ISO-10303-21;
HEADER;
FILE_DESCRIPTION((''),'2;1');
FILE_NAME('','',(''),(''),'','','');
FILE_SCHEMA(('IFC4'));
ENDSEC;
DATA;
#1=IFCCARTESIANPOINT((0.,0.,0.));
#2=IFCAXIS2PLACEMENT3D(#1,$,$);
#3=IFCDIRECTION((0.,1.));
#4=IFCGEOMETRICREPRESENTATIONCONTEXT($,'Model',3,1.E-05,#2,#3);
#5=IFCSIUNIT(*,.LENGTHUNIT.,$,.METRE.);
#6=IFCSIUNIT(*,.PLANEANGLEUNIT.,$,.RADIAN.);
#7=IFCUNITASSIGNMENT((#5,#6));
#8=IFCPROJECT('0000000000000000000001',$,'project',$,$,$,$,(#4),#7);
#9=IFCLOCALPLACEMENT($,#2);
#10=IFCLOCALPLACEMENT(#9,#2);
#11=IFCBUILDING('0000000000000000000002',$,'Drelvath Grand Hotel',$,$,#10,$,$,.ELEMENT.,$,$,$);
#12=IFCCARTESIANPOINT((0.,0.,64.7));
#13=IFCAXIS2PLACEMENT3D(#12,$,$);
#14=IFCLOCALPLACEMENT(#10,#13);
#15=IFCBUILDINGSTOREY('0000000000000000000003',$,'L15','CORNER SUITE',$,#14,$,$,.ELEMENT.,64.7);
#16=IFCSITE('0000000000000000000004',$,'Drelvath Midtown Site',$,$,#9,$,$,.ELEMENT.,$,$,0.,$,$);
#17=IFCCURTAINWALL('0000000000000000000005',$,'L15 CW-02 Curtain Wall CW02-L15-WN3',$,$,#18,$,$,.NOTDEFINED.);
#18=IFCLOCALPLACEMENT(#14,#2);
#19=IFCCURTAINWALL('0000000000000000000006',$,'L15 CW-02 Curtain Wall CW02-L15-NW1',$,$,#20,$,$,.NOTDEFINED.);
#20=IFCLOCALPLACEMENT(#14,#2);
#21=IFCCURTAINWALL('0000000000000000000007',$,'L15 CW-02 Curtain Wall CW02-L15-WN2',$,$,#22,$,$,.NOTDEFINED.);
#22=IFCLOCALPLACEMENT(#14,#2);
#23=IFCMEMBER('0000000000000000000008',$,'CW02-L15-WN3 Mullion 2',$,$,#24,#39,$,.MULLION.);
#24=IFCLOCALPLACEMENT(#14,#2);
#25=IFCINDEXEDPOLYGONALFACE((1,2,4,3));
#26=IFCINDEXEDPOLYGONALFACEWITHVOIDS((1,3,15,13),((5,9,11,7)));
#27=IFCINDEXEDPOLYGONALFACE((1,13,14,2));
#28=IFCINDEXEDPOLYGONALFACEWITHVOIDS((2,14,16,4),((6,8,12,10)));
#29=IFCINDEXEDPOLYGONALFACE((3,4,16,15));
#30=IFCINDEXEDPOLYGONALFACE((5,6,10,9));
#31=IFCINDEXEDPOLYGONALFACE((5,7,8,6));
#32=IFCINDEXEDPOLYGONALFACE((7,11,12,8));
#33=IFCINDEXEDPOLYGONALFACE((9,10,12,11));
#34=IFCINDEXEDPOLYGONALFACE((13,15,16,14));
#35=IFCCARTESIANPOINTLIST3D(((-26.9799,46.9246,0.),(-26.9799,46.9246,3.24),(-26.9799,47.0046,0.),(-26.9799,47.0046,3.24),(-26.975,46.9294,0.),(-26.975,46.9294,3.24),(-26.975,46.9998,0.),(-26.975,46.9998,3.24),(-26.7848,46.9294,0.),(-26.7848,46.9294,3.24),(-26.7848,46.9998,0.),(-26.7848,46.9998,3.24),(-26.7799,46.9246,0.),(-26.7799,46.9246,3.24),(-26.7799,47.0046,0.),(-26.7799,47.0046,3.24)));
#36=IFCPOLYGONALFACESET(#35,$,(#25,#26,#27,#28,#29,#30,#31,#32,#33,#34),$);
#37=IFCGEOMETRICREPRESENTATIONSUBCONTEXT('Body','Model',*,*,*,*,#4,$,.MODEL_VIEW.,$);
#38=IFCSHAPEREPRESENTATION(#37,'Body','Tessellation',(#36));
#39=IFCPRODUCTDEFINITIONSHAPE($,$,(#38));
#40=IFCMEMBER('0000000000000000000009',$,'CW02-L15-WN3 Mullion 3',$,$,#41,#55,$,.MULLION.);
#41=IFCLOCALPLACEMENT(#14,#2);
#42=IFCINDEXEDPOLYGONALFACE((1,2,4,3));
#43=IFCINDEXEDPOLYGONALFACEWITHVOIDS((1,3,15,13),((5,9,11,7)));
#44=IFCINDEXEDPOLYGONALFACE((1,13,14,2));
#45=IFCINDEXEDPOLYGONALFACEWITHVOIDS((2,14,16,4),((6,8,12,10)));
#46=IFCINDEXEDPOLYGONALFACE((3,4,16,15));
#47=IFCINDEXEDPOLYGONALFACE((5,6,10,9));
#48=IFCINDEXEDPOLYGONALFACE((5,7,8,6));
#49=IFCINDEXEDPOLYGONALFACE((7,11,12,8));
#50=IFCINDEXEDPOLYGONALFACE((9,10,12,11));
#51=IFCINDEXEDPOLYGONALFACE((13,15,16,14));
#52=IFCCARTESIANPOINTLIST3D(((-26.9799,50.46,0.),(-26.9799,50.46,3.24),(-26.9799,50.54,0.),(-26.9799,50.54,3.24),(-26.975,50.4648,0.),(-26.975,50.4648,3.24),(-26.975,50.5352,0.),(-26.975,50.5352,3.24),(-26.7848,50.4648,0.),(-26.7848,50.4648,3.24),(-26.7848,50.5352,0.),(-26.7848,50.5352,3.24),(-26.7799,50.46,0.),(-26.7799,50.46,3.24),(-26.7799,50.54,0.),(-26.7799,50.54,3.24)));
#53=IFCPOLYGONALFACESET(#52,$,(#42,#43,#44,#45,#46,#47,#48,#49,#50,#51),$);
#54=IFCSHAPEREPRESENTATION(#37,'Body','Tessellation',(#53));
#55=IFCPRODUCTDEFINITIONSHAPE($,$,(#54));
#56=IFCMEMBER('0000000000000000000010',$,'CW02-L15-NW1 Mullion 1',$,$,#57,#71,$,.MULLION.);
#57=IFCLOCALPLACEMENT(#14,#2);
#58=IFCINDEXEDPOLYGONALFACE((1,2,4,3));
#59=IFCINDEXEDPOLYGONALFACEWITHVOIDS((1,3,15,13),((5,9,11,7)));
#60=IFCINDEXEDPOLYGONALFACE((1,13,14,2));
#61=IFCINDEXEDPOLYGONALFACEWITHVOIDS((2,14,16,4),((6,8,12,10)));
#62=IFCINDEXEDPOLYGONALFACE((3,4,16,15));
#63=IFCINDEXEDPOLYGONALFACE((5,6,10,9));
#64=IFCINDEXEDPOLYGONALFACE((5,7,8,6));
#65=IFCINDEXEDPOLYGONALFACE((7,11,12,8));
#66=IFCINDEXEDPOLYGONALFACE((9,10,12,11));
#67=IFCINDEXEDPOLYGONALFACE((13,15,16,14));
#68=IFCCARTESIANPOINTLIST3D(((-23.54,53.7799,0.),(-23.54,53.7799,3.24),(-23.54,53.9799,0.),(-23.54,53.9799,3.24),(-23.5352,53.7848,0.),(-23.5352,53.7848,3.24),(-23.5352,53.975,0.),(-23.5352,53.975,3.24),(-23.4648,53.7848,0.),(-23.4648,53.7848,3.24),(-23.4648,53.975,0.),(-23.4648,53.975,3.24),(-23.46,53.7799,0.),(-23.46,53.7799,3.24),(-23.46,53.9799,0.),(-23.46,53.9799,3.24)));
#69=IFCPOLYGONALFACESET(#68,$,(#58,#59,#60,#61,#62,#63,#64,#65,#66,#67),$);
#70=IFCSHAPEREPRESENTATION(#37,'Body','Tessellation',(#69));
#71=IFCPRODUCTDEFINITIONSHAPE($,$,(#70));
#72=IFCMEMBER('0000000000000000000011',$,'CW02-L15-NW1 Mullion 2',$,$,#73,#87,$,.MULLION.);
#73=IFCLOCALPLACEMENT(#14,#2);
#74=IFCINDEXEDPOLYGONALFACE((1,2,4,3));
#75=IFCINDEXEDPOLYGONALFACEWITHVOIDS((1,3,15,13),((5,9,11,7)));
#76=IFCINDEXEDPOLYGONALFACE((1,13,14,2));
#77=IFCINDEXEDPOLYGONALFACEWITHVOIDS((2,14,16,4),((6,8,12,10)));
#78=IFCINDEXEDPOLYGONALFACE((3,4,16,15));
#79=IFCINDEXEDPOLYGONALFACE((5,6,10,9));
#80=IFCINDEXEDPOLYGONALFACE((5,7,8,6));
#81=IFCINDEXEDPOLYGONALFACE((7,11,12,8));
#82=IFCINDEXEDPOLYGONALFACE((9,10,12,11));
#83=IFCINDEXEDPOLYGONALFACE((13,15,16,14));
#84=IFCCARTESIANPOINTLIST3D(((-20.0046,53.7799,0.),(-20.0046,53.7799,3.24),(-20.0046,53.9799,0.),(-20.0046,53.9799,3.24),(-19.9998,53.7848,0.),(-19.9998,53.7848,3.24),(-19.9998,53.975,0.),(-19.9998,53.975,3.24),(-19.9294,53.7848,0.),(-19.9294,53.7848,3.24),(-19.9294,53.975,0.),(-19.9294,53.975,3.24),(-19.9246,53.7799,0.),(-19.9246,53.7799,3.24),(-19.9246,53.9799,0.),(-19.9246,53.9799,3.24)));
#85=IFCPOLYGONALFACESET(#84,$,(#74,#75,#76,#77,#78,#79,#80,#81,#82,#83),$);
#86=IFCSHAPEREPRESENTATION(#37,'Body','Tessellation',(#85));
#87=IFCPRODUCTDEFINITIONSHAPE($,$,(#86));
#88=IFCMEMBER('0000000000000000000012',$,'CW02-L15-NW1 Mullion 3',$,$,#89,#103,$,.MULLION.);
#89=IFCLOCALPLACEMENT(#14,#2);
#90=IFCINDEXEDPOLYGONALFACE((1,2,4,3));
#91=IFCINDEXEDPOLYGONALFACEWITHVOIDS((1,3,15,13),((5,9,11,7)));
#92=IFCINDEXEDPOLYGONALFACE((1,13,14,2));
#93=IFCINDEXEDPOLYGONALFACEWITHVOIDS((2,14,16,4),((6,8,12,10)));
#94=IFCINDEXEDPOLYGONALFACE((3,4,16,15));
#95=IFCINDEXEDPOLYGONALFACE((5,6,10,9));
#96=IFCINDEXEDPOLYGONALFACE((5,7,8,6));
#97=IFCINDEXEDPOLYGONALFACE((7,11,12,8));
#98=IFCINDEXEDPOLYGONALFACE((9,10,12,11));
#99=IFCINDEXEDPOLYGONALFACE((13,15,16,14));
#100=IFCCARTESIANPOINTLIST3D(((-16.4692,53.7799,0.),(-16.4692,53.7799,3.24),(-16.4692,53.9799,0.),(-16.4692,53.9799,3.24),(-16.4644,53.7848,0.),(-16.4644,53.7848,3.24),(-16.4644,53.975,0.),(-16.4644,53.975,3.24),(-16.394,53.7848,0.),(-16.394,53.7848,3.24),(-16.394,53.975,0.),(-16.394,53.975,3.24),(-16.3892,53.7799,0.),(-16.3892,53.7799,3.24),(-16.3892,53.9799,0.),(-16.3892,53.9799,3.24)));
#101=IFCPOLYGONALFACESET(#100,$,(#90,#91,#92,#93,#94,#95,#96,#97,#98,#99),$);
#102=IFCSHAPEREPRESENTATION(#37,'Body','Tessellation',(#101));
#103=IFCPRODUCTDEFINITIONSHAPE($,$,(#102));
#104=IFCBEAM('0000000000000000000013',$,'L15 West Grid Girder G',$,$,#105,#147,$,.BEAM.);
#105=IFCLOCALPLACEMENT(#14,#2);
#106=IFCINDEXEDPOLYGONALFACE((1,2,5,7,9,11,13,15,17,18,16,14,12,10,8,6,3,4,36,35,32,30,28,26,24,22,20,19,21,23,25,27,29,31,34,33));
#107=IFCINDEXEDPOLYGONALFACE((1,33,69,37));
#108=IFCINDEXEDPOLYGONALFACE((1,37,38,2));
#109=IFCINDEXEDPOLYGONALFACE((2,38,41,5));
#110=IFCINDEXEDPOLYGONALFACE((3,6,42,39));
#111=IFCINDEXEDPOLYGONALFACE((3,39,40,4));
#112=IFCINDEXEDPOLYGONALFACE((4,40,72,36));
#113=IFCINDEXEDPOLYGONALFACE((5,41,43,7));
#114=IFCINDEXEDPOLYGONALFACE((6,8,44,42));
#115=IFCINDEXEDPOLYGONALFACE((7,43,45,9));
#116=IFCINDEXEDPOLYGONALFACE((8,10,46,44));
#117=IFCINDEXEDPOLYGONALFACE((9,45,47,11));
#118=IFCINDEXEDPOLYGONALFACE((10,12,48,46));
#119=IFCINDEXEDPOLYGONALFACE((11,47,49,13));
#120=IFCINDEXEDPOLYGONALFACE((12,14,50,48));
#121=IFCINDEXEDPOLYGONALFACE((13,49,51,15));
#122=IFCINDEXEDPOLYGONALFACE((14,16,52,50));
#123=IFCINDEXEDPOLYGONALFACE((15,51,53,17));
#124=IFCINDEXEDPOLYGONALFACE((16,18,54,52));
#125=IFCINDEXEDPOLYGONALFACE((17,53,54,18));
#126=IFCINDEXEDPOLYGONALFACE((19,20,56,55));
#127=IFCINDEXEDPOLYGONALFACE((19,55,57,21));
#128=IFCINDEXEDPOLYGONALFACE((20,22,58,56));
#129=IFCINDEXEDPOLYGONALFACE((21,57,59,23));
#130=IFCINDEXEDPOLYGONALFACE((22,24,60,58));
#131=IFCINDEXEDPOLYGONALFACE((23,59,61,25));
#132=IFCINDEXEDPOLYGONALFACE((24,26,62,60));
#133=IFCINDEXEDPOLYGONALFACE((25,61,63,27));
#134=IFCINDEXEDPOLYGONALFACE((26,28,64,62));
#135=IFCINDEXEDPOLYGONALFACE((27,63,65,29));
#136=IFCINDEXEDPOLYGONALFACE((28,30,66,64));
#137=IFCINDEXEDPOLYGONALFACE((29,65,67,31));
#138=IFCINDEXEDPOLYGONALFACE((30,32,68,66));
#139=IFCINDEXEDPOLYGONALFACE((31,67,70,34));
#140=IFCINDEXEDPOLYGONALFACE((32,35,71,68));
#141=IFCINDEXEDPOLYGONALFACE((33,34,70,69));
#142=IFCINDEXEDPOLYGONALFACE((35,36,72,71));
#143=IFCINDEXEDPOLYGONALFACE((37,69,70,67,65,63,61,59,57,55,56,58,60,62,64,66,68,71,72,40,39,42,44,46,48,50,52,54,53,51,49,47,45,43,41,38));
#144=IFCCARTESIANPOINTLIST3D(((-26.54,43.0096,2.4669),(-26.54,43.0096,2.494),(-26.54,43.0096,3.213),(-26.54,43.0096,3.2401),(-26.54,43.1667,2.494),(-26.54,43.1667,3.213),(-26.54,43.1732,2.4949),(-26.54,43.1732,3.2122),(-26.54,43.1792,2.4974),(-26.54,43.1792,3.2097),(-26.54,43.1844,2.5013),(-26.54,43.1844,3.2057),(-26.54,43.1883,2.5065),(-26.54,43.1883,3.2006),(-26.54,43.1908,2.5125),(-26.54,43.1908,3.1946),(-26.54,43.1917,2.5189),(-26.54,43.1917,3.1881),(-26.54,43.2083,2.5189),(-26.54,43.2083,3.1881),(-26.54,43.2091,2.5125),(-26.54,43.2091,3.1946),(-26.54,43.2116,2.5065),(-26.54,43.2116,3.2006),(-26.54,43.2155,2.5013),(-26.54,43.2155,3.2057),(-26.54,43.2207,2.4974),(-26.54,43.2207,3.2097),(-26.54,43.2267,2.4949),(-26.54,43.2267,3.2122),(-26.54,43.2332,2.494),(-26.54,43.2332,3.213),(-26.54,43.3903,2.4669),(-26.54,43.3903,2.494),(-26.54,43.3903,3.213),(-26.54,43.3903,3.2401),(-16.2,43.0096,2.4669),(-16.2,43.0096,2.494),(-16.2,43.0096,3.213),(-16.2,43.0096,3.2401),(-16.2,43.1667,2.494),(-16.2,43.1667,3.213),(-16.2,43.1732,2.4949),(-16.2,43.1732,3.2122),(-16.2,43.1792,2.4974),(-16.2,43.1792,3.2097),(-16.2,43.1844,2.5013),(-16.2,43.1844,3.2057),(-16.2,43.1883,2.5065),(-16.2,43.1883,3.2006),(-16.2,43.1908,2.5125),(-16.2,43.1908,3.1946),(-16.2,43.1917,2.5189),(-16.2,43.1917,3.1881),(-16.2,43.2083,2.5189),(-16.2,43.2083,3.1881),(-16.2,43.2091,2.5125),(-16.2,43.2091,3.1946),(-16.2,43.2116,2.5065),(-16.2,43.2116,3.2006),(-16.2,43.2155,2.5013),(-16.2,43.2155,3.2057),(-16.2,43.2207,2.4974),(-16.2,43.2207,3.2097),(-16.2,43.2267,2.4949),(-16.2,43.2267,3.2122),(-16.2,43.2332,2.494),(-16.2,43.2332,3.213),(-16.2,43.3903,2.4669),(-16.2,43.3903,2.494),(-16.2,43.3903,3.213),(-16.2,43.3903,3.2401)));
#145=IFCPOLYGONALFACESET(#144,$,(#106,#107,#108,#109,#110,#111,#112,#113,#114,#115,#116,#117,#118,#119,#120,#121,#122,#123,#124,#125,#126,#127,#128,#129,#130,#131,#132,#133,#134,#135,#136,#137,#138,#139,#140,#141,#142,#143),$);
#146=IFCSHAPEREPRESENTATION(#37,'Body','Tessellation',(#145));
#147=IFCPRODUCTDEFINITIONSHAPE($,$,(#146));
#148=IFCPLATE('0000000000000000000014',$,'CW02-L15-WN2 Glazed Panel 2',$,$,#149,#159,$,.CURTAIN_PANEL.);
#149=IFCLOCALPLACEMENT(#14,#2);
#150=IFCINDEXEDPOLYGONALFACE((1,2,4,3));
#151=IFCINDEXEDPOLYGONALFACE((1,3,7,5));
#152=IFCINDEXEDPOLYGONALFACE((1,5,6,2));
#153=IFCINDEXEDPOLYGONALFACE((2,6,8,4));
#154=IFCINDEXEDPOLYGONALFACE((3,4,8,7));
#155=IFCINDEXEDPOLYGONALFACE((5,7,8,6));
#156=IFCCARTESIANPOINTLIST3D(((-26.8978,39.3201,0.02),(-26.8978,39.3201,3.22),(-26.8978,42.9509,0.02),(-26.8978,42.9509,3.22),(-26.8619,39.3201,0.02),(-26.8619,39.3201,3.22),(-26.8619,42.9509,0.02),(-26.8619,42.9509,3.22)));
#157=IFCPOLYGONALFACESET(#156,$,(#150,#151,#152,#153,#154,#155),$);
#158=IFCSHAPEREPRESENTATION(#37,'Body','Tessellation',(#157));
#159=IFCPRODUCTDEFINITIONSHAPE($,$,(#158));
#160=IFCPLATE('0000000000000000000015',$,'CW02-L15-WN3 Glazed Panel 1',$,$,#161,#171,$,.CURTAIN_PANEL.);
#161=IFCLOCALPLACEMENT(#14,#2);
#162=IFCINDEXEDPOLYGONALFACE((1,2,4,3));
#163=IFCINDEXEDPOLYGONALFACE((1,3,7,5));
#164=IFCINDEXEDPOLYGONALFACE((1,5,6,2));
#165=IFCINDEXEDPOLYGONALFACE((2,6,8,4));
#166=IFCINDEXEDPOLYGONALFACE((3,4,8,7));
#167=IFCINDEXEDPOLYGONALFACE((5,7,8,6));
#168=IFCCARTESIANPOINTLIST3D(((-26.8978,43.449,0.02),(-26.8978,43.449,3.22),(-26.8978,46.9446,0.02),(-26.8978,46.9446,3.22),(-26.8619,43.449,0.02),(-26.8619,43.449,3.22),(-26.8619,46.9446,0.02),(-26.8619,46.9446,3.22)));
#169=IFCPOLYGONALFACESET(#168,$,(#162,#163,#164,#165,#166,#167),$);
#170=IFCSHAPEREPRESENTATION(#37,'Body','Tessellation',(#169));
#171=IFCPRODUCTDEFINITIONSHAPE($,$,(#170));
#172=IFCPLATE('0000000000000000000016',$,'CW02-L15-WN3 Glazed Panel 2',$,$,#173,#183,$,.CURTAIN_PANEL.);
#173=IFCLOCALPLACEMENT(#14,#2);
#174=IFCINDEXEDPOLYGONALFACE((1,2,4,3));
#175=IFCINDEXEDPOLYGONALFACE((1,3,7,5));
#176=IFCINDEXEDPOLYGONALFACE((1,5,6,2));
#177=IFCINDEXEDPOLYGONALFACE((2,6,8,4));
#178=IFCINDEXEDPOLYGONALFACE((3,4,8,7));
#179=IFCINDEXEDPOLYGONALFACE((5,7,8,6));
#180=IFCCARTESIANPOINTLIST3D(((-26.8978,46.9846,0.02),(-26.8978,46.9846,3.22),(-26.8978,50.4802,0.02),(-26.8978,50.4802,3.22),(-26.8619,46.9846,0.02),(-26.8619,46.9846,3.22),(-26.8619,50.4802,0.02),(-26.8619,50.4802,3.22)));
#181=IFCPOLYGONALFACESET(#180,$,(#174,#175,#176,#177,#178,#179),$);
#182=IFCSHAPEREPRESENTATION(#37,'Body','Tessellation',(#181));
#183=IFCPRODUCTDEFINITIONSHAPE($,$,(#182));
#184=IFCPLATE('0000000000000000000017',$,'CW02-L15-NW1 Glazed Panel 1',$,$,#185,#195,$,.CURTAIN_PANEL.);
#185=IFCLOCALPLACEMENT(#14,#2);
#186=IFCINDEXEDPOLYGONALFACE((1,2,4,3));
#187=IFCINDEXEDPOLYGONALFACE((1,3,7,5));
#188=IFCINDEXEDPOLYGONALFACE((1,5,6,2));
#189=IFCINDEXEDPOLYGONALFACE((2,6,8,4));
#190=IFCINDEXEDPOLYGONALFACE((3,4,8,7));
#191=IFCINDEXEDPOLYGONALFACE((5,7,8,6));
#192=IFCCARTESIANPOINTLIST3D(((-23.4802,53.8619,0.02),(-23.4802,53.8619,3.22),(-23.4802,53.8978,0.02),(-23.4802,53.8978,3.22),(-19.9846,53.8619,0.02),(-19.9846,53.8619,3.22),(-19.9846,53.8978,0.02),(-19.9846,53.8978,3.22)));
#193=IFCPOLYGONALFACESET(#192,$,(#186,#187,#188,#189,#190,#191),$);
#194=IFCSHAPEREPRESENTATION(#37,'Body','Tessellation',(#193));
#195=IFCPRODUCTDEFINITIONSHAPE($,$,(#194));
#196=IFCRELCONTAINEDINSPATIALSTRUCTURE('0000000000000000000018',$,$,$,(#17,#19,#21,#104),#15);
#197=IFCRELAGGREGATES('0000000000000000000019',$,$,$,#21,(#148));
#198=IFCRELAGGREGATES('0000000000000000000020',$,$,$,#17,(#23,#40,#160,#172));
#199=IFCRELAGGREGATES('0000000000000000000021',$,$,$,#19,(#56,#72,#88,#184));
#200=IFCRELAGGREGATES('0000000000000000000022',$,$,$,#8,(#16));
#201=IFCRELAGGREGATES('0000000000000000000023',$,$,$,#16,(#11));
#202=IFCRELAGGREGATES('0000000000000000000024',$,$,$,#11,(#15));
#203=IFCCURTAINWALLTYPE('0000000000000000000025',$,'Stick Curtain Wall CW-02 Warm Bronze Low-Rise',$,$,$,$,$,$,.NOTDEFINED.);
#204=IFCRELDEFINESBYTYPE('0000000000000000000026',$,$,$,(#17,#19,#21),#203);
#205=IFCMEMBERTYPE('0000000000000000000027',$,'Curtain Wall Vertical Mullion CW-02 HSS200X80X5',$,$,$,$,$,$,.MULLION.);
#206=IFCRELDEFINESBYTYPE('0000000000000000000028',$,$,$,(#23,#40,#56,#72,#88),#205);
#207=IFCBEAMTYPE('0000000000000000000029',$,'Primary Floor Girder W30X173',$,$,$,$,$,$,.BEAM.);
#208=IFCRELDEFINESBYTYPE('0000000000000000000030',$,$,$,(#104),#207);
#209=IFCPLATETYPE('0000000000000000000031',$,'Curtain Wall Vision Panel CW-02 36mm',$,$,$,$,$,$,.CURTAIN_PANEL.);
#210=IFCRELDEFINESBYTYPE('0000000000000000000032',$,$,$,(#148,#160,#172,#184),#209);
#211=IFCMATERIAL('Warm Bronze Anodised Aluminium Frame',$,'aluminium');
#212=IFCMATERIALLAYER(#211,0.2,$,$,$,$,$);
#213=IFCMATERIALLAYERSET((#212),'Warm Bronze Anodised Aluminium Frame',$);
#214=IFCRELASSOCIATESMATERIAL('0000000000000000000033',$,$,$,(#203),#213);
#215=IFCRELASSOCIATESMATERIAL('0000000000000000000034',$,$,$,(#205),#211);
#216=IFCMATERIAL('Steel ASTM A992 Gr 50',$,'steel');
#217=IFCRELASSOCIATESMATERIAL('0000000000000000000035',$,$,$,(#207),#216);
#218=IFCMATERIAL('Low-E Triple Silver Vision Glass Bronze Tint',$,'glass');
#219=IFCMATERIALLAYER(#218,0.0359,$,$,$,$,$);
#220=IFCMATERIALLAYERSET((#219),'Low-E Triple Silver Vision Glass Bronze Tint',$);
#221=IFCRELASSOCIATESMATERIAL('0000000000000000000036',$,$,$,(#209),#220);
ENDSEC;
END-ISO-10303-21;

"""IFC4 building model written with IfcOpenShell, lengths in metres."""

from ifc_helpers import new_model, si_unit, direction, frame, origin, origin_2d, place, context, subcontext, project, spatial, rectangle, hollow_rectangle, i_section, extrude, material, layer, layer_set, material_profile, profile_set, type_object, element, aggregate, save


model = new_model("IFC4")

# Units and contexts
model_context = context("Model", 3, precision=1e-05, world=origin(), true_north=direction((0.0, 1.0)))
body_context = subcontext(model_context, "Body", "Model", "MODEL_VIEW")
ifc_project = project(units=[si_unit("LENGTHUNIT", "METRE"), si_unit("PLANEANGLEUNIT", "RADIAN")], contexts=[model_context])

# Site, building, storey
site_placement = place(None, origin())
site = spatial("IfcSite", under=ifc_project, at=site_placement, Name="Drelvath Midtown Site", CompositionType="ELEMENT", RefElevation=0.0)
building_placement = place(site_placement, origin())
building = spatial("IfcBuilding", under=site, at=building_placement, Name="Drelvath Grand Hotel", CompositionType="ELEMENT")
storey_placement = place(building_placement, frame((0.0, 0.0, 64.7)))
storey = spatial("IfcBuildingStorey", under=building, at=storey_placement, Name="L15", Description="CORNER SUITE", CompositionType="ELEMENT", Elevation=64.7)

# Shared definitions
ifc_material_1 = material(Name="Steel ASTM A992 Gr 50", Category="steel")

# Curtain walls
ifc_material_2 = material(Name="Warm Bronze Anodised Aluminium Frame", Category="aluminium")
ifc_layer_1 = layer(ifc_material_2, 0.2)
ifc_layer_set_1 = layer_set([ifc_layer_1], Name="Warm Bronze Anodised Aluminium Frame")
curtain_wall_type = type_object("IfcCurtainWallType", Name="Stick Curtain Wall CW-02 Warm Bronze Low-Rise", PredefinedType="NOTDEFINED", material=ifc_layer_set_1)
curtain_wall_1_placement = place(storey_placement, origin())
curtain_wall_1 = element("IfcCurtainWall", 1, at=curtain_wall_1_placement, inside=storey, type_object=curtain_wall_type, Name="L15 CW-02 Curtain Wall CW02-L15-WN3", PredefinedType="NOTDEFINED")
curtain_wall_2_placement = place(storey_placement, origin())
curtain_wall_2 = element("IfcCurtainWall", 2, at=curtain_wall_2_placement, inside=storey, type_object=curtain_wall_type, Name="L15 CW-02 Curtain Wall CW02-L15-NW1", PredefinedType="NOTDEFINED")

# Curtain wall
curtain_wall_3_placement = place(storey_placement, origin())
curtain_wall_3 = element("IfcCurtainWall", 3, at=curtain_wall_3_placement, inside=storey, type_object=curtain_wall_type, Name="L15 CW-02 Curtain Wall CW02-L15-WN2", PredefinedType="NOTDEFINED")
ifc_material_profile_1 = material_profile(ifc_material_2, hollow_rectangle(XDim=0.0801, YDim=0.2, WallThickness=0.0049, at=origin_2d()), Name="HSS200X80X5")
ifc_profile_set_1 = profile_set([ifc_material_profile_1], Name="Warm Bronze Anodised Aluminium Frame")
member_type_1 = type_object("IfcMemberType", Name="Curtain Wall Vertical Mullion CW-02 HSS200X80X5", PredefinedType="MULLION", material=ifc_profile_set_1)

# Members
member_1_placement = place(storey_placement, frame((-26.8799, 46.9646, 0.0), z_axis=(0.0, 0.0, 1.0), x_axis=(0.0, 1.0, 0.0)))
member_1 = element("IfcMember", 4, at=member_1_placement, type_object=member_type_1, Name="CW02-L15-WN3 Mullion 2", PredefinedType="MULLION", context=body_context, shape_type="SweptSolid", body=[
    extrude(hollow_rectangle(XDim=0.0801, YDim=0.2, WallThickness=0.0049, at=origin_2d()), origin(), (0.0, 0.0, 1.0), 3.24),
])
member_2_placement = place(storey_placement, frame((-26.8799, 50.5, 0.0), z_axis=(0.0, 0.0, 1.0), x_axis=(0.0, 1.0, 0.0)))
member_2 = element("IfcMember", 5, at=member_2_placement, type_object=member_type_1, Name="CW02-L15-WN3 Mullion 3", PredefinedType="MULLION", context=body_context, shape_type="SweptSolid", body=[
    extrude(hollow_rectangle(XDim=0.0801, YDim=0.2, WallThickness=0.0049, at=origin_2d()), origin(), (0.0, 0.0, 1.0), 3.24),
])
member_3_placement = place(storey_placement, frame((-23.5, 53.8799, 0.0), z_axis=(0.0, 0.0, 1.0), x_axis=(1.0, 0.0, 0.0)))
member_3 = element("IfcMember", 6, at=member_3_placement, type_object=member_type_1, Name="CW02-L15-NW1 Mullion 1", PredefinedType="MULLION", context=body_context, shape_type="SweptSolid", body=[
    extrude(hollow_rectangle(XDim=0.0801, YDim=0.2, WallThickness=0.0049, at=origin_2d()), origin(), (0.0, 0.0, 1.0), 3.24),
])
member_4_placement = place(storey_placement, frame((-19.9646, 53.8799, 0.0), z_axis=(0.0, 0.0, 1.0), x_axis=(1.0, 0.0, 0.0)))
member_4 = element("IfcMember", 7, at=member_4_placement, type_object=member_type_1, Name="CW02-L15-NW1 Mullion 2", PredefinedType="MULLION", context=body_context, shape_type="SweptSolid", body=[
    extrude(hollow_rectangle(XDim=0.0801, YDim=0.2, WallThickness=0.0049, at=origin_2d()), origin(), (0.0, 0.0, 1.0), 3.24),
])
member_5_placement = place(storey_placement, frame((-16.4292, 53.8799, 0.0), z_axis=(0.0, 0.0, 1.0), x_axis=(1.0, 0.0, 0.0)))
member_5 = element("IfcMember", 8, at=member_5_placement, type_object=member_type_1, Name="CW02-L15-NW1 Mullion 3", PredefinedType="MULLION", context=body_context, shape_type="SweptSolid", body=[
    extrude(hollow_rectangle(XDim=0.0801, YDim=0.2, WallThickness=0.0049, at=origin_2d()), origin(), (0.0, 0.0, 1.0), 3.24),
])

# Beam
ifc_material_profile_2 = material_profile(ifc_material_1, i_section(OverallWidth=0.3806, OverallDepth=0.7732, WebThickness=0.0166, FlangeThickness=0.0271, FilletRadius=0.0249, at=origin_2d()), Name="W30X173")
ifc_profile_set_2 = profile_set([ifc_material_profile_2], Name="Steel ASTM A992 Gr 50")
beam_type_1 = type_object("IfcBeamType", Name="Primary Floor Girder W30X173", PredefinedType="BEAM", material=ifc_profile_set_2)
beam_1_placement = place(storey_placement, frame((-26.54, 43.2, 2.8535), z_axis=(1.0, 0.0, 0.0), x_axis=(0.0, 1.0, 0.0)))
element("IfcBeam", 9, at=beam_1_placement, inside=storey, type_object=beam_type_1, Name="L15 West Grid Girder G", PredefinedType="BEAM", context=body_context, shape_type="SweptSolid", body=[
    extrude(i_section(OverallWidth=0.3806, OverallDepth=0.7732, WebThickness=0.0166, FlangeThickness=0.0271, FilletRadius=0.0249, at=origin_2d()), origin(), (0.0, 0.0, 1.0), 10.3401),
])

# Plates
ifc_material_3 = material(Name="Low-E Triple Silver Vision Glass Bronze Tint", Category="glass")
ifc_layer_2 = layer(ifc_material_3, 0.0359)
ifc_layer_set_2 = layer_set([ifc_layer_2], Name="Low-E Triple Silver Vision Glass Bronze Tint")
plate_type = type_object("IfcPlateType", Name="Curtain Wall Vision Panel CW-02 36mm", PredefinedType="CURTAIN_PANEL", material=ifc_layer_set_2)
plate_1_placement = place(storey_placement, frame((-26.8799, 41.1355, 0.02), z_axis=(0.0, 0.0, 1.0), x_axis=(0.0, 1.0, 0.0)))
plate_1 = element("IfcPlate", 10, at=plate_1_placement, type_object=plate_type, Name="CW02-L15-WN2 Glazed Panel 2", PredefinedType="CURTAIN_PANEL", context=body_context, shape_type="SweptSolid", body=[
    extrude(rectangle(XDim=3.6309, YDim=0.0359, at=origin_2d()), origin(), (0.0, 0.0, 1.0), 3.2),
])
aggregate(curtain_wall_3, [plate_1])
plate_2_placement = place(storey_placement, frame((-26.8799, 45.1968, 0.02), z_axis=(0.0, 0.0, 1.0), x_axis=(0.0, 1.0, 0.0)))
plate_2 = element("IfcPlate", 11, at=plate_2_placement, type_object=plate_type, Name="CW02-L15-WN3 Glazed Panel 1", PredefinedType="CURTAIN_PANEL", context=body_context, shape_type="SweptSolid", body=[
    extrude(rectangle(XDim=3.4956, YDim=0.0359, at=origin_2d()), origin(), (0.0, 0.0, 1.0), 3.2),
])
plate_3_placement = place(storey_placement, frame((-26.8799, 48.7324, 0.02), z_axis=(0.0, 0.0, 1.0), x_axis=(0.0, 1.0, 0.0)))
plate_3 = element("IfcPlate", 12, at=plate_3_placement, type_object=plate_type, Name="CW02-L15-WN3 Glazed Panel 2", PredefinedType="CURTAIN_PANEL", context=body_context, shape_type="SweptSolid", body=[
    extrude(rectangle(XDim=3.4956, YDim=0.0359, at=origin_2d()), origin(), (0.0, 0.0, 1.0), 3.2),
])
aggregate(curtain_wall_1, [member_1, member_2, plate_2, plate_3])
plate_4_placement = place(storey_placement, frame((-21.7324, 53.8799, 0.02), z_axis=(0.0, 0.0, 1.0), x_axis=(1.0, 0.0, 0.0)))
plate_4 = element("IfcPlate", 13, at=plate_4_placement, type_object=plate_type, Name="CW02-L15-NW1 Glazed Panel 1", PredefinedType="CURTAIN_PANEL", context=body_context, shape_type="SweptSolid", body=[
    extrude(rectangle(XDim=3.4956, YDim=0.0359, at=origin_2d()), origin(), (0.0, 0.0, 1.0), 3.2),
])
aggregate(curtain_wall_2, [member_3, member_4, member_5, plate_4])

save(model, "model.ifc")
